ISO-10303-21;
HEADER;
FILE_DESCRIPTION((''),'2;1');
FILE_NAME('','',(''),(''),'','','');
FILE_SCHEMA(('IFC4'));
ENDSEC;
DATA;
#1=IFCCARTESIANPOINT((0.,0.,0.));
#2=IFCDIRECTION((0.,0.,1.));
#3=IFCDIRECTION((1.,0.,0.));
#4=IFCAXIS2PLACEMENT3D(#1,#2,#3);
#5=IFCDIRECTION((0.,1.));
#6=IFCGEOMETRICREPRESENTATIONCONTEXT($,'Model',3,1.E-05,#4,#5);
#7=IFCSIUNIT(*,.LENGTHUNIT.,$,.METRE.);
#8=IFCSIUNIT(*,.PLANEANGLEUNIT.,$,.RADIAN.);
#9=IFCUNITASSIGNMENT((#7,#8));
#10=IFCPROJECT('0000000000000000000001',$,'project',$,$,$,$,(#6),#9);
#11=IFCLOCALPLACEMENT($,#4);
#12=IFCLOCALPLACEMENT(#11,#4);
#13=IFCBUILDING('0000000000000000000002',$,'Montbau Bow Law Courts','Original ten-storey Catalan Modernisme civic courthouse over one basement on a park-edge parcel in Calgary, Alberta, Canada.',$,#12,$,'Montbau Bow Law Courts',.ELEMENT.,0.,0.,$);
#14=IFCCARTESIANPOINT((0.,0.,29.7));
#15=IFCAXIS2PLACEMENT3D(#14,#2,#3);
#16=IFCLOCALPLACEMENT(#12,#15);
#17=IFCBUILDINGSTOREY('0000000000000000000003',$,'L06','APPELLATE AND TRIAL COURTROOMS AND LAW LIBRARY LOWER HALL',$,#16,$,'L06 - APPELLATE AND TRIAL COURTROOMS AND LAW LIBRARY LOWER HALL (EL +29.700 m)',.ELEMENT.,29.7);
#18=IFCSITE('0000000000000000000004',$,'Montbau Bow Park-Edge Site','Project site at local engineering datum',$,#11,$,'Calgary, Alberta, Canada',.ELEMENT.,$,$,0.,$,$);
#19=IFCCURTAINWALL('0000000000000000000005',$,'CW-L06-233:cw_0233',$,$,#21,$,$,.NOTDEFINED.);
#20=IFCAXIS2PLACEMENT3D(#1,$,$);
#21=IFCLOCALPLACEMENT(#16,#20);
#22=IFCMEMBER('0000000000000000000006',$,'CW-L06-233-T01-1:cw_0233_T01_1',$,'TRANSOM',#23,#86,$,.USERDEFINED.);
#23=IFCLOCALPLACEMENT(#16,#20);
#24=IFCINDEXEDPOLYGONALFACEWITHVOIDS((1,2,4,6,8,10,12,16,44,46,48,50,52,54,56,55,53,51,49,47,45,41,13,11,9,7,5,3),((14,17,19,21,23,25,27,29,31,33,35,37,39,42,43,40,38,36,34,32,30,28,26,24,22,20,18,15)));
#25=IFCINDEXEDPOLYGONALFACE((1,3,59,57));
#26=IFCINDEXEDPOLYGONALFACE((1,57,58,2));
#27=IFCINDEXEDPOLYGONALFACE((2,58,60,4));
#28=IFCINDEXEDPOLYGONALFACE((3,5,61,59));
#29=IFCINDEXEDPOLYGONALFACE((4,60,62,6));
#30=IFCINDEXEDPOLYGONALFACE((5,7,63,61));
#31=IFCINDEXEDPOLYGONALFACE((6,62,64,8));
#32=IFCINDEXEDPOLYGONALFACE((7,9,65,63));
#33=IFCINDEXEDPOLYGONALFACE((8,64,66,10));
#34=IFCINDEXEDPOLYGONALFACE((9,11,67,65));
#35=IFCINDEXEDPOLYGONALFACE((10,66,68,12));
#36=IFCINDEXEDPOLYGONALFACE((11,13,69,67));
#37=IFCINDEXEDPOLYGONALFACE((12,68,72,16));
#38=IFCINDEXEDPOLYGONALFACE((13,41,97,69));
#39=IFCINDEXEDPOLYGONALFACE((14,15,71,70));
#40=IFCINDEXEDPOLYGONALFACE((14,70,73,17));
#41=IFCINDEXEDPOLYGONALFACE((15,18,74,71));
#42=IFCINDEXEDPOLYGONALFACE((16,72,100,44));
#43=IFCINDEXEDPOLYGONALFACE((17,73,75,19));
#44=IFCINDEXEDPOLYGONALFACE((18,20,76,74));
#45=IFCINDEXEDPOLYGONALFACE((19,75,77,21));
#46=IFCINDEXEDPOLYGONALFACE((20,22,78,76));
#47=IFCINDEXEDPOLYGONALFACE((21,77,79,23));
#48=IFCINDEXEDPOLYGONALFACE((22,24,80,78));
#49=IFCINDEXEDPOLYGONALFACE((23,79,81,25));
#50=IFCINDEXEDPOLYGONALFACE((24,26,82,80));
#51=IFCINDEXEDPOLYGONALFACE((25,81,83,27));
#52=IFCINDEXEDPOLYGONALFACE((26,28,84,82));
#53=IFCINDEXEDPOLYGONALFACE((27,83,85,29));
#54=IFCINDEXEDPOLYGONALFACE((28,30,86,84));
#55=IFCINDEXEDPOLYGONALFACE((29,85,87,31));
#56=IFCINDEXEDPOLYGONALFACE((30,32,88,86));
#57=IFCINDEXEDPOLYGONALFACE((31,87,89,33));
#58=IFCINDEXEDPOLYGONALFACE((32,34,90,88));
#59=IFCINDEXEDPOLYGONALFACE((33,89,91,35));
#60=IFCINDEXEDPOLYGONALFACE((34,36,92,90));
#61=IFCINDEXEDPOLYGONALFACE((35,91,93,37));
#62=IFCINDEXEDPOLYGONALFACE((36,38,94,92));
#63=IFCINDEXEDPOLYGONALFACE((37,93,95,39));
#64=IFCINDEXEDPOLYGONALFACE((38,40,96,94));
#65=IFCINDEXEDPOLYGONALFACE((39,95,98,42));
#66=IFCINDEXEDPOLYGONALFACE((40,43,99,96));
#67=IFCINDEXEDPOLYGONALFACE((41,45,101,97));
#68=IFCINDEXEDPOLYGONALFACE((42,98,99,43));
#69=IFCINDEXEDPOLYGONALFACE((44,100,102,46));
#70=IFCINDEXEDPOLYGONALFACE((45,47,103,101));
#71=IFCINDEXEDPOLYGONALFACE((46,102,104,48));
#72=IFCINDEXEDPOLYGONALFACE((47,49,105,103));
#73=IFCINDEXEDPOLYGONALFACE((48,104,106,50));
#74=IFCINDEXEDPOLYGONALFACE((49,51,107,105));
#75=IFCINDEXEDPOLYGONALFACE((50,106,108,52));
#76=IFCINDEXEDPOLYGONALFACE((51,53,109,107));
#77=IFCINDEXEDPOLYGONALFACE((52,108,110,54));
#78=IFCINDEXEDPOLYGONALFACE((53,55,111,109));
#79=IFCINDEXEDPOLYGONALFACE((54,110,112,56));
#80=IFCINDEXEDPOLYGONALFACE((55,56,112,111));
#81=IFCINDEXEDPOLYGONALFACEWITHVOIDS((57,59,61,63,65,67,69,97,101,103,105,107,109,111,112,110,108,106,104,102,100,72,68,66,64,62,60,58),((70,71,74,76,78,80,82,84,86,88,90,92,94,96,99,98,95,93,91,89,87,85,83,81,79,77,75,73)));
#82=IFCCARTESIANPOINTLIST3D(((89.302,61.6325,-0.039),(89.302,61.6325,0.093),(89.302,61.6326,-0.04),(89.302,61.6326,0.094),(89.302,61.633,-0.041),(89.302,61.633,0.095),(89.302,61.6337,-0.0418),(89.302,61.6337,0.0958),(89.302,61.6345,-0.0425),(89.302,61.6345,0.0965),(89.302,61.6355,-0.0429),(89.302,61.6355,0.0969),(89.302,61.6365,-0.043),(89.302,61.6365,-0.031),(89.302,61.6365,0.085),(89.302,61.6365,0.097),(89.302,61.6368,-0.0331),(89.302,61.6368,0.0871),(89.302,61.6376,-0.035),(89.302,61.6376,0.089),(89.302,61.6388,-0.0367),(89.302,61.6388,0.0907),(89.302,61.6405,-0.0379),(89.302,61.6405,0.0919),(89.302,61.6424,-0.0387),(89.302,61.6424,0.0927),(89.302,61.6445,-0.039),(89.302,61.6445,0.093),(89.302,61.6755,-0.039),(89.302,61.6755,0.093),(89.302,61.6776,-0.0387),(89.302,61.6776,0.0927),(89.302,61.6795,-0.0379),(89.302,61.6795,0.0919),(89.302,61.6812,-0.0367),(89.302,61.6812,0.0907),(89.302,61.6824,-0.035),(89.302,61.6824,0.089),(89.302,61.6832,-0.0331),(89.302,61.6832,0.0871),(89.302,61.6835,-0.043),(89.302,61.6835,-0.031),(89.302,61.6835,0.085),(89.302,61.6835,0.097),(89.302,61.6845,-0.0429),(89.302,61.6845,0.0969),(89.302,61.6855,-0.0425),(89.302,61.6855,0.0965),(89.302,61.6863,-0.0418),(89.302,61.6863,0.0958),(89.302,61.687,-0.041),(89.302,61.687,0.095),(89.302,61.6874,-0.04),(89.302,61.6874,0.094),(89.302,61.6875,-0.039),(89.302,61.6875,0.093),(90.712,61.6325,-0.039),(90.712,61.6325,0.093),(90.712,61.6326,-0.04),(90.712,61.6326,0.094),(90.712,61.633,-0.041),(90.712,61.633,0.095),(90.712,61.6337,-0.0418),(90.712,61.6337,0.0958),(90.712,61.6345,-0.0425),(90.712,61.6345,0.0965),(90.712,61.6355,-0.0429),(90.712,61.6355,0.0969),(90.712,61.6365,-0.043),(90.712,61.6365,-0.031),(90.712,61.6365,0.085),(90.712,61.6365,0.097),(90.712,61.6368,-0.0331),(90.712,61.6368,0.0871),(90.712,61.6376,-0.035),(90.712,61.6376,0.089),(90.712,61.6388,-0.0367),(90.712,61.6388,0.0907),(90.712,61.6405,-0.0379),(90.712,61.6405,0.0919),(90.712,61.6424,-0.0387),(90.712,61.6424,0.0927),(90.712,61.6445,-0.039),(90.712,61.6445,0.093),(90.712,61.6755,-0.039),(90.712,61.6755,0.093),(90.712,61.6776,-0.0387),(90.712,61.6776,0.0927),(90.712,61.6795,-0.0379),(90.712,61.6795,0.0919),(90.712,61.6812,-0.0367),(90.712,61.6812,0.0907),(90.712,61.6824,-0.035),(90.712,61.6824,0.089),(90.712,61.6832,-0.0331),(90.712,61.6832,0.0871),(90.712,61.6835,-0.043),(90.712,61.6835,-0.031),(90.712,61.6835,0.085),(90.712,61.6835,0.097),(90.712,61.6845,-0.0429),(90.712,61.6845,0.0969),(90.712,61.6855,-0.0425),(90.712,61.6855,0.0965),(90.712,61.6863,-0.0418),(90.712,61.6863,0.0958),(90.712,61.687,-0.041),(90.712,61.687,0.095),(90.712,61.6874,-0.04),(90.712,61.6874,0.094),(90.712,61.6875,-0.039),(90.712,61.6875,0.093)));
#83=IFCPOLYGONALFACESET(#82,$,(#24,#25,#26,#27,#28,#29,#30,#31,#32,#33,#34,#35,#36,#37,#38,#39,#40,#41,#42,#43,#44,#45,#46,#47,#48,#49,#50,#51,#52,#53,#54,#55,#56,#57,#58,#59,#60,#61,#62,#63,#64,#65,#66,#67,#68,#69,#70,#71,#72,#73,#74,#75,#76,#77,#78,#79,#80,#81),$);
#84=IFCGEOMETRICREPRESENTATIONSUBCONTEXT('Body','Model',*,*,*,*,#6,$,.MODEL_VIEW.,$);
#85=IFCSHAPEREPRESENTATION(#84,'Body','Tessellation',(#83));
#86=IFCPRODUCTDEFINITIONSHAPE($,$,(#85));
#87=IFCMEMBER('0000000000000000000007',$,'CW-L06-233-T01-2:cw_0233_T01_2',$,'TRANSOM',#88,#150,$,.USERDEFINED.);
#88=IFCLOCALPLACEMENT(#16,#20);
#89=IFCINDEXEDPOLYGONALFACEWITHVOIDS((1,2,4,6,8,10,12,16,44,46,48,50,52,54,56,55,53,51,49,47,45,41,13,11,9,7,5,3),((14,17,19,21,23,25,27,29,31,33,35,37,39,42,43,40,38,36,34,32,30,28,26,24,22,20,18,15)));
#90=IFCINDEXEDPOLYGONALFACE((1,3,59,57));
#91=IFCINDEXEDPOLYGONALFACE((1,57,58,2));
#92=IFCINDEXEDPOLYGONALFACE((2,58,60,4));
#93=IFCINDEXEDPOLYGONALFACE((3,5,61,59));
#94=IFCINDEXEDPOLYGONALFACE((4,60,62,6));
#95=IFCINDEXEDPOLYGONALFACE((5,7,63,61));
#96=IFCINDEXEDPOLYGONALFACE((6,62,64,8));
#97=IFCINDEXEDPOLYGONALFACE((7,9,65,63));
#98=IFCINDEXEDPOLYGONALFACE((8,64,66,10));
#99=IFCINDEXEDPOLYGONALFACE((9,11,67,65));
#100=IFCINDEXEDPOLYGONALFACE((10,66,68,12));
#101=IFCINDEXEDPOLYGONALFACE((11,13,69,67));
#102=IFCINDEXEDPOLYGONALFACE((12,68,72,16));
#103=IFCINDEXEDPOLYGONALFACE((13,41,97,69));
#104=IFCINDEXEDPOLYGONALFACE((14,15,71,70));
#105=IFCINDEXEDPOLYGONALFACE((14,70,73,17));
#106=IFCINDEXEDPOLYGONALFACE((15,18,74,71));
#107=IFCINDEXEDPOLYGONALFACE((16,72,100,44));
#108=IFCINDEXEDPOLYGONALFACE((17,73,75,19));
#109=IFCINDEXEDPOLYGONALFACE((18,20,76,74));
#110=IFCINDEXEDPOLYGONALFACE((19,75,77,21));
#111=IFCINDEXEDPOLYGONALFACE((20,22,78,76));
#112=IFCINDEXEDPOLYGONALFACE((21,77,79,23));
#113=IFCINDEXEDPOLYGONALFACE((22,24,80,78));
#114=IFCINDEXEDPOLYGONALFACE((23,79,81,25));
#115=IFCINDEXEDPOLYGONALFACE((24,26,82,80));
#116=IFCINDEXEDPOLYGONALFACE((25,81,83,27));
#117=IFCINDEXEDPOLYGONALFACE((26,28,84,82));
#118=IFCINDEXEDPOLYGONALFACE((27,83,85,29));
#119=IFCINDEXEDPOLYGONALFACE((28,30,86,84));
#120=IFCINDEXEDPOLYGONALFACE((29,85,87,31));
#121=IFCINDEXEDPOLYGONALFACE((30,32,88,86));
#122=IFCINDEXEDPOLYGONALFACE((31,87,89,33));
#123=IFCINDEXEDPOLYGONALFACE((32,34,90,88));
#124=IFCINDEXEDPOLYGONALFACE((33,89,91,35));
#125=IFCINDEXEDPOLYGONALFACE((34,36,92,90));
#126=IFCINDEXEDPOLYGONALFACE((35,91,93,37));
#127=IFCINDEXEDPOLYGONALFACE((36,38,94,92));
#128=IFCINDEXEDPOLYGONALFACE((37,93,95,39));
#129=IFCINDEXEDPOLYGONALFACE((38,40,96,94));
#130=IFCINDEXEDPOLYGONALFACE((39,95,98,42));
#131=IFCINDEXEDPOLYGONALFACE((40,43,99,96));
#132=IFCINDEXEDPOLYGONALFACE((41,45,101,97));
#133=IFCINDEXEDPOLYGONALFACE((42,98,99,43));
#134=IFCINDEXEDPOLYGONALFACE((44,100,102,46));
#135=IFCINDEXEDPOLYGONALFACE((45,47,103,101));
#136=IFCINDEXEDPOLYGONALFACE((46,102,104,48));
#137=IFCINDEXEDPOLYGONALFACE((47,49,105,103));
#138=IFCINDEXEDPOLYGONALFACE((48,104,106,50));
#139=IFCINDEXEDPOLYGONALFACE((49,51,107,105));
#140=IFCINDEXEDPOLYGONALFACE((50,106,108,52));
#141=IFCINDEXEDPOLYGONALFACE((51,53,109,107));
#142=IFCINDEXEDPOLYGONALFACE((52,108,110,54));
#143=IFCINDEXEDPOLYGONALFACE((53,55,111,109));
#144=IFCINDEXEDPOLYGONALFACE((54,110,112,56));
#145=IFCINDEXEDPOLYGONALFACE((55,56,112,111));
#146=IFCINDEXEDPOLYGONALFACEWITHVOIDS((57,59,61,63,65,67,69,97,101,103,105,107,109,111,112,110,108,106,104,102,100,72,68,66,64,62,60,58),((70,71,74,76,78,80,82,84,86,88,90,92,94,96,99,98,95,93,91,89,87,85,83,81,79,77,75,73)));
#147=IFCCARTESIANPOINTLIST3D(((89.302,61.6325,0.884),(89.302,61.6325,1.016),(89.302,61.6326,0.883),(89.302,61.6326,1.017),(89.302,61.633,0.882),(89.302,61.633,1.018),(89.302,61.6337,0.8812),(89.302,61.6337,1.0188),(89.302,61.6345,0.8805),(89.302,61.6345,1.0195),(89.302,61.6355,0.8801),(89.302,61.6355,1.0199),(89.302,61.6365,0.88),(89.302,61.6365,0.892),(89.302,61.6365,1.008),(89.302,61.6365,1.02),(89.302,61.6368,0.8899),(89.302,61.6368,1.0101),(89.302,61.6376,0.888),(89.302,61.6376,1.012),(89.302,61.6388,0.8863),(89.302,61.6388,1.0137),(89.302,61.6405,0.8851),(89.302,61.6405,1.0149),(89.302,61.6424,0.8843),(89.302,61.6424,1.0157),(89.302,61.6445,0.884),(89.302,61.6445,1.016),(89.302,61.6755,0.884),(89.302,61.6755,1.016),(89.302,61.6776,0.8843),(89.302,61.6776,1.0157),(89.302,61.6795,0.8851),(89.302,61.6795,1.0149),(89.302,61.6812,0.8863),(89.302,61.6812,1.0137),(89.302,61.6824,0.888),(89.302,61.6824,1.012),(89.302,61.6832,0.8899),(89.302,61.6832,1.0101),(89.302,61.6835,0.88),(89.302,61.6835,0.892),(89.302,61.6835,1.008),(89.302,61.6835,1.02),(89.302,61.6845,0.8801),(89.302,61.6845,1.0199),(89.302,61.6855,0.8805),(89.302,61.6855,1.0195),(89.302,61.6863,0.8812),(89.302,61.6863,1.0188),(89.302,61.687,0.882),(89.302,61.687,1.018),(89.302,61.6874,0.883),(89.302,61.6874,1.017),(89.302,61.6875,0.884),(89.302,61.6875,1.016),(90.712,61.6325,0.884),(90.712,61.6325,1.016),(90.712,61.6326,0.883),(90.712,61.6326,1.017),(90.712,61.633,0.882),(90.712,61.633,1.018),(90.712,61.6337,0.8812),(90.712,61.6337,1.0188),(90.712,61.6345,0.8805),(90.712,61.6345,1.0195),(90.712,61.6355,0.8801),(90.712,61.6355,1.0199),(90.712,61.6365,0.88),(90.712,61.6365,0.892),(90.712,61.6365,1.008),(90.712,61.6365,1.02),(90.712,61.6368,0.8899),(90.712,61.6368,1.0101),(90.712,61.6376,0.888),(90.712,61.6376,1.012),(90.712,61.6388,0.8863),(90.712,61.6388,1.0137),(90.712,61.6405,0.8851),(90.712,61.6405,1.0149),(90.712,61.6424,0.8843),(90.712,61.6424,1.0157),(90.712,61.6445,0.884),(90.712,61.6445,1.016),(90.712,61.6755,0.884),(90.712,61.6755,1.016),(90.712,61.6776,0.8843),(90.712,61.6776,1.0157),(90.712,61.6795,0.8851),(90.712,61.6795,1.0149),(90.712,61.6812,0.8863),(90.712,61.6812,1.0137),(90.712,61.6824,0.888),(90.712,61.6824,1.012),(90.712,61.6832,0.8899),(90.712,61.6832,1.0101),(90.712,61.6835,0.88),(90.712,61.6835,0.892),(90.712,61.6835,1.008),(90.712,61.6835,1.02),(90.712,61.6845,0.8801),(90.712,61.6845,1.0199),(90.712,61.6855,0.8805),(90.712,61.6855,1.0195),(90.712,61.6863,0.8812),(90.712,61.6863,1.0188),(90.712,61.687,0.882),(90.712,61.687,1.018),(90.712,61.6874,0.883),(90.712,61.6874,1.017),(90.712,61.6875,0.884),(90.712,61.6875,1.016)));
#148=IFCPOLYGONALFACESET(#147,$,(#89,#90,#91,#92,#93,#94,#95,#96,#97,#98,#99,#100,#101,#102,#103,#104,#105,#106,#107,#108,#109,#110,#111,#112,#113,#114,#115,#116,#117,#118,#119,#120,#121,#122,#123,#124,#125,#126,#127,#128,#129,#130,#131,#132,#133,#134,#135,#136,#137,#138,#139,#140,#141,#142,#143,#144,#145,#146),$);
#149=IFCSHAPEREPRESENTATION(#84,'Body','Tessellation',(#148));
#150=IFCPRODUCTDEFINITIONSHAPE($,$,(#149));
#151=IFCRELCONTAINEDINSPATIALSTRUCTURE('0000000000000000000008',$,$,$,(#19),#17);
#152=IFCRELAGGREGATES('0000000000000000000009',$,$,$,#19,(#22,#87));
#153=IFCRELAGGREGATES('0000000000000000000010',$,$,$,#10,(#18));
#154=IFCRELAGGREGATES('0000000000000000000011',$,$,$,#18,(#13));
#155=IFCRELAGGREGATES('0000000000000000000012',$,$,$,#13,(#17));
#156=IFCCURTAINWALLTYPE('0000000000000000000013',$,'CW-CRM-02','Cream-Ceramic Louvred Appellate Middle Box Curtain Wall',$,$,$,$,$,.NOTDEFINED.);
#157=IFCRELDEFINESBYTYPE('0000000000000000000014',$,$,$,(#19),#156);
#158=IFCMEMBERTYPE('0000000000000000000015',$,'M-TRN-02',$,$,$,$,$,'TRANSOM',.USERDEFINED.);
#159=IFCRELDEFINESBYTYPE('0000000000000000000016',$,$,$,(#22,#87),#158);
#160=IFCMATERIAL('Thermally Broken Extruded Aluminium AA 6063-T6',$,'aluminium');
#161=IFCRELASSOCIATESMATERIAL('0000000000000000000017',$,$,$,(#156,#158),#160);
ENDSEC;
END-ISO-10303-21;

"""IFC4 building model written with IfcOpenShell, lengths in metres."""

from ifc_helpers import new_model, si_unit, direction, frame, origin_with_axes, origin_2d_with_axis, place, context, subcontext, project, spatial, hollow_rectangle, extrude, material, material_profile, profile_set, type_object, element, aggregate, save


model = new_model("IFC4")

# Units and contexts
model_context = context("Model", 3, precision=1e-05, world=origin_with_axes(), true_north=direction((0.0, 1.0)))
body_context = subcontext(model_context, "Body", "Model", "MODEL_VIEW")
ifc_project = project(units=[si_unit("LENGTHUNIT", "METRE"), si_unit("PLANEANGLEUNIT", "RADIAN")], contexts=[model_context])

# Site, building, storey
site_placement = place(None, origin_with_axes())
site = spatial("IfcSite", under=ifc_project, at=site_placement, Name="Montbau Bow Park-Edge Site", Description="Project site at local engineering datum", LongName="Calgary, Alberta, Canada", CompositionType="ELEMENT", RefElevation=0.0)
building_placement = place(site_placement, origin_with_axes())
building = spatial("IfcBuilding", under=site, at=building_placement, Name="Montbau Bow Law Courts", Description="Original ten-storey Catalan Modernisme civic courthouse over one basement on a park-edge parcel in Calgary, Alberta, Canada.", LongName="Montbau Bow Law Courts", CompositionType="ELEMENT", ElevationOfRefHeight=0.0, ElevationOfTerrain=0.0)
storey_placement = place(building_placement, frame((0.0, 0.0, 29.7), z_axis=(0.0, 0.0, 1.0), x_axis=(1.0, 0.0, 0.0)))
storey = spatial("IfcBuildingStorey", under=building, at=storey_placement, Name="L06", Description="APPELLATE AND TRIAL COURTROOMS AND LAW LIBRARY LOWER HALL", LongName="L06 - APPELLATE AND TRIAL COURTROOMS AND LAW LIBRARY LOWER HALL (EL +29.700 m)", CompositionType="ELEMENT", Elevation=29.7)

# Shared definitions
ifc_material_1 = material(Name="Thermally Broken Extruded Aluminium AA 6063-T6", Category="aluminium")
curtain_wall_type = type_object("IfcCurtainWallType", Name="CW-CRM-02", Description="Cream-Ceramic Louvred Appellate Middle Box Curtain Wall", PredefinedType="NOTDEFINED", material=ifc_material_1)

# Curtain wall
curtain_wall_1_placement = place(None, frame((89.24, 61.66, 29.7), z_axis=(0.0, 0.0, 1.0), x_axis=(1.0, 0.0, 0.0)))
curtain_wall_1 = element("IfcCurtainWall", 1, at=curtain_wall_1_placement, inside=storey, type_object=curtain_wall_type, Name="CW-L06-233:cw_0233", PredefinedType="NOTDEFINED")

# Members
ifc_material_profile_1 = material_profile(ifc_material_1, hollow_rectangle(XDim=0.055, YDim=0.14, WallThickness=0.004, InnerFilletRadius=0.008, OuterFilletRadius=0.004, at=origin_2d_with_axis()), Name="CWT-140X55", Category="Main", Priority=0)
ifc_profile_set_1 = profile_set([ifc_material_profile_1], Name="Thermally Broken Extruded Aluminium AA 6063-T6")
member_type_1 = type_object("IfcMemberType", Name="M-TRN-02", ElementType="TRANSOM", PredefinedType="USERDEFINED", material=ifc_profile_set_1)
member_1_placement = place(None, frame((89.302, 61.66, 29.727), z_axis=(1.0, 0.0, 0.0), x_axis=(0.0, 1.0, 0.0)))
member_1 = element("IfcMember", 2, at=member_1_placement, type_object=member_type_1, Name="CW-L06-233-T01-1:cw_0233_T01_1", ObjectType="TRANSOM", PredefinedType="USERDEFINED", context=body_context, shape_type="SweptSolid", body=[
    extrude(hollow_rectangle(XDim=0.055, YDim=0.14, WallThickness=0.004, InnerFilletRadius=0.008, OuterFilletRadius=0.004, at=origin_2d_with_axis()), origin_with_axes(), (0.0, 0.0, 1.0), 1.41),
])
member_2_placement = place(None, frame((89.302, 61.66, 30.65), z_axis=(1.0, 0.0, 0.0), x_axis=(0.0, 1.0, 0.0)))
member_2 = element("IfcMember", 3, at=member_2_placement, type_object=member_type_1, Name="CW-L06-233-T01-2:cw_0233_T01_2", ObjectType="TRANSOM", PredefinedType="USERDEFINED", context=body_context, shape_type="SweptSolid", body=[
    extrude(hollow_rectangle(XDim=0.055, YDim=0.14, WallThickness=0.004, InnerFilletRadius=0.008, OuterFilletRadius=0.004, at=origin_2d_with_axis()), origin_with_axes(), (0.0, 0.0, 1.0), 1.41),
])

aggregate(curtain_wall_1, [member_1, member_2])

save(model, "model.ifc")
